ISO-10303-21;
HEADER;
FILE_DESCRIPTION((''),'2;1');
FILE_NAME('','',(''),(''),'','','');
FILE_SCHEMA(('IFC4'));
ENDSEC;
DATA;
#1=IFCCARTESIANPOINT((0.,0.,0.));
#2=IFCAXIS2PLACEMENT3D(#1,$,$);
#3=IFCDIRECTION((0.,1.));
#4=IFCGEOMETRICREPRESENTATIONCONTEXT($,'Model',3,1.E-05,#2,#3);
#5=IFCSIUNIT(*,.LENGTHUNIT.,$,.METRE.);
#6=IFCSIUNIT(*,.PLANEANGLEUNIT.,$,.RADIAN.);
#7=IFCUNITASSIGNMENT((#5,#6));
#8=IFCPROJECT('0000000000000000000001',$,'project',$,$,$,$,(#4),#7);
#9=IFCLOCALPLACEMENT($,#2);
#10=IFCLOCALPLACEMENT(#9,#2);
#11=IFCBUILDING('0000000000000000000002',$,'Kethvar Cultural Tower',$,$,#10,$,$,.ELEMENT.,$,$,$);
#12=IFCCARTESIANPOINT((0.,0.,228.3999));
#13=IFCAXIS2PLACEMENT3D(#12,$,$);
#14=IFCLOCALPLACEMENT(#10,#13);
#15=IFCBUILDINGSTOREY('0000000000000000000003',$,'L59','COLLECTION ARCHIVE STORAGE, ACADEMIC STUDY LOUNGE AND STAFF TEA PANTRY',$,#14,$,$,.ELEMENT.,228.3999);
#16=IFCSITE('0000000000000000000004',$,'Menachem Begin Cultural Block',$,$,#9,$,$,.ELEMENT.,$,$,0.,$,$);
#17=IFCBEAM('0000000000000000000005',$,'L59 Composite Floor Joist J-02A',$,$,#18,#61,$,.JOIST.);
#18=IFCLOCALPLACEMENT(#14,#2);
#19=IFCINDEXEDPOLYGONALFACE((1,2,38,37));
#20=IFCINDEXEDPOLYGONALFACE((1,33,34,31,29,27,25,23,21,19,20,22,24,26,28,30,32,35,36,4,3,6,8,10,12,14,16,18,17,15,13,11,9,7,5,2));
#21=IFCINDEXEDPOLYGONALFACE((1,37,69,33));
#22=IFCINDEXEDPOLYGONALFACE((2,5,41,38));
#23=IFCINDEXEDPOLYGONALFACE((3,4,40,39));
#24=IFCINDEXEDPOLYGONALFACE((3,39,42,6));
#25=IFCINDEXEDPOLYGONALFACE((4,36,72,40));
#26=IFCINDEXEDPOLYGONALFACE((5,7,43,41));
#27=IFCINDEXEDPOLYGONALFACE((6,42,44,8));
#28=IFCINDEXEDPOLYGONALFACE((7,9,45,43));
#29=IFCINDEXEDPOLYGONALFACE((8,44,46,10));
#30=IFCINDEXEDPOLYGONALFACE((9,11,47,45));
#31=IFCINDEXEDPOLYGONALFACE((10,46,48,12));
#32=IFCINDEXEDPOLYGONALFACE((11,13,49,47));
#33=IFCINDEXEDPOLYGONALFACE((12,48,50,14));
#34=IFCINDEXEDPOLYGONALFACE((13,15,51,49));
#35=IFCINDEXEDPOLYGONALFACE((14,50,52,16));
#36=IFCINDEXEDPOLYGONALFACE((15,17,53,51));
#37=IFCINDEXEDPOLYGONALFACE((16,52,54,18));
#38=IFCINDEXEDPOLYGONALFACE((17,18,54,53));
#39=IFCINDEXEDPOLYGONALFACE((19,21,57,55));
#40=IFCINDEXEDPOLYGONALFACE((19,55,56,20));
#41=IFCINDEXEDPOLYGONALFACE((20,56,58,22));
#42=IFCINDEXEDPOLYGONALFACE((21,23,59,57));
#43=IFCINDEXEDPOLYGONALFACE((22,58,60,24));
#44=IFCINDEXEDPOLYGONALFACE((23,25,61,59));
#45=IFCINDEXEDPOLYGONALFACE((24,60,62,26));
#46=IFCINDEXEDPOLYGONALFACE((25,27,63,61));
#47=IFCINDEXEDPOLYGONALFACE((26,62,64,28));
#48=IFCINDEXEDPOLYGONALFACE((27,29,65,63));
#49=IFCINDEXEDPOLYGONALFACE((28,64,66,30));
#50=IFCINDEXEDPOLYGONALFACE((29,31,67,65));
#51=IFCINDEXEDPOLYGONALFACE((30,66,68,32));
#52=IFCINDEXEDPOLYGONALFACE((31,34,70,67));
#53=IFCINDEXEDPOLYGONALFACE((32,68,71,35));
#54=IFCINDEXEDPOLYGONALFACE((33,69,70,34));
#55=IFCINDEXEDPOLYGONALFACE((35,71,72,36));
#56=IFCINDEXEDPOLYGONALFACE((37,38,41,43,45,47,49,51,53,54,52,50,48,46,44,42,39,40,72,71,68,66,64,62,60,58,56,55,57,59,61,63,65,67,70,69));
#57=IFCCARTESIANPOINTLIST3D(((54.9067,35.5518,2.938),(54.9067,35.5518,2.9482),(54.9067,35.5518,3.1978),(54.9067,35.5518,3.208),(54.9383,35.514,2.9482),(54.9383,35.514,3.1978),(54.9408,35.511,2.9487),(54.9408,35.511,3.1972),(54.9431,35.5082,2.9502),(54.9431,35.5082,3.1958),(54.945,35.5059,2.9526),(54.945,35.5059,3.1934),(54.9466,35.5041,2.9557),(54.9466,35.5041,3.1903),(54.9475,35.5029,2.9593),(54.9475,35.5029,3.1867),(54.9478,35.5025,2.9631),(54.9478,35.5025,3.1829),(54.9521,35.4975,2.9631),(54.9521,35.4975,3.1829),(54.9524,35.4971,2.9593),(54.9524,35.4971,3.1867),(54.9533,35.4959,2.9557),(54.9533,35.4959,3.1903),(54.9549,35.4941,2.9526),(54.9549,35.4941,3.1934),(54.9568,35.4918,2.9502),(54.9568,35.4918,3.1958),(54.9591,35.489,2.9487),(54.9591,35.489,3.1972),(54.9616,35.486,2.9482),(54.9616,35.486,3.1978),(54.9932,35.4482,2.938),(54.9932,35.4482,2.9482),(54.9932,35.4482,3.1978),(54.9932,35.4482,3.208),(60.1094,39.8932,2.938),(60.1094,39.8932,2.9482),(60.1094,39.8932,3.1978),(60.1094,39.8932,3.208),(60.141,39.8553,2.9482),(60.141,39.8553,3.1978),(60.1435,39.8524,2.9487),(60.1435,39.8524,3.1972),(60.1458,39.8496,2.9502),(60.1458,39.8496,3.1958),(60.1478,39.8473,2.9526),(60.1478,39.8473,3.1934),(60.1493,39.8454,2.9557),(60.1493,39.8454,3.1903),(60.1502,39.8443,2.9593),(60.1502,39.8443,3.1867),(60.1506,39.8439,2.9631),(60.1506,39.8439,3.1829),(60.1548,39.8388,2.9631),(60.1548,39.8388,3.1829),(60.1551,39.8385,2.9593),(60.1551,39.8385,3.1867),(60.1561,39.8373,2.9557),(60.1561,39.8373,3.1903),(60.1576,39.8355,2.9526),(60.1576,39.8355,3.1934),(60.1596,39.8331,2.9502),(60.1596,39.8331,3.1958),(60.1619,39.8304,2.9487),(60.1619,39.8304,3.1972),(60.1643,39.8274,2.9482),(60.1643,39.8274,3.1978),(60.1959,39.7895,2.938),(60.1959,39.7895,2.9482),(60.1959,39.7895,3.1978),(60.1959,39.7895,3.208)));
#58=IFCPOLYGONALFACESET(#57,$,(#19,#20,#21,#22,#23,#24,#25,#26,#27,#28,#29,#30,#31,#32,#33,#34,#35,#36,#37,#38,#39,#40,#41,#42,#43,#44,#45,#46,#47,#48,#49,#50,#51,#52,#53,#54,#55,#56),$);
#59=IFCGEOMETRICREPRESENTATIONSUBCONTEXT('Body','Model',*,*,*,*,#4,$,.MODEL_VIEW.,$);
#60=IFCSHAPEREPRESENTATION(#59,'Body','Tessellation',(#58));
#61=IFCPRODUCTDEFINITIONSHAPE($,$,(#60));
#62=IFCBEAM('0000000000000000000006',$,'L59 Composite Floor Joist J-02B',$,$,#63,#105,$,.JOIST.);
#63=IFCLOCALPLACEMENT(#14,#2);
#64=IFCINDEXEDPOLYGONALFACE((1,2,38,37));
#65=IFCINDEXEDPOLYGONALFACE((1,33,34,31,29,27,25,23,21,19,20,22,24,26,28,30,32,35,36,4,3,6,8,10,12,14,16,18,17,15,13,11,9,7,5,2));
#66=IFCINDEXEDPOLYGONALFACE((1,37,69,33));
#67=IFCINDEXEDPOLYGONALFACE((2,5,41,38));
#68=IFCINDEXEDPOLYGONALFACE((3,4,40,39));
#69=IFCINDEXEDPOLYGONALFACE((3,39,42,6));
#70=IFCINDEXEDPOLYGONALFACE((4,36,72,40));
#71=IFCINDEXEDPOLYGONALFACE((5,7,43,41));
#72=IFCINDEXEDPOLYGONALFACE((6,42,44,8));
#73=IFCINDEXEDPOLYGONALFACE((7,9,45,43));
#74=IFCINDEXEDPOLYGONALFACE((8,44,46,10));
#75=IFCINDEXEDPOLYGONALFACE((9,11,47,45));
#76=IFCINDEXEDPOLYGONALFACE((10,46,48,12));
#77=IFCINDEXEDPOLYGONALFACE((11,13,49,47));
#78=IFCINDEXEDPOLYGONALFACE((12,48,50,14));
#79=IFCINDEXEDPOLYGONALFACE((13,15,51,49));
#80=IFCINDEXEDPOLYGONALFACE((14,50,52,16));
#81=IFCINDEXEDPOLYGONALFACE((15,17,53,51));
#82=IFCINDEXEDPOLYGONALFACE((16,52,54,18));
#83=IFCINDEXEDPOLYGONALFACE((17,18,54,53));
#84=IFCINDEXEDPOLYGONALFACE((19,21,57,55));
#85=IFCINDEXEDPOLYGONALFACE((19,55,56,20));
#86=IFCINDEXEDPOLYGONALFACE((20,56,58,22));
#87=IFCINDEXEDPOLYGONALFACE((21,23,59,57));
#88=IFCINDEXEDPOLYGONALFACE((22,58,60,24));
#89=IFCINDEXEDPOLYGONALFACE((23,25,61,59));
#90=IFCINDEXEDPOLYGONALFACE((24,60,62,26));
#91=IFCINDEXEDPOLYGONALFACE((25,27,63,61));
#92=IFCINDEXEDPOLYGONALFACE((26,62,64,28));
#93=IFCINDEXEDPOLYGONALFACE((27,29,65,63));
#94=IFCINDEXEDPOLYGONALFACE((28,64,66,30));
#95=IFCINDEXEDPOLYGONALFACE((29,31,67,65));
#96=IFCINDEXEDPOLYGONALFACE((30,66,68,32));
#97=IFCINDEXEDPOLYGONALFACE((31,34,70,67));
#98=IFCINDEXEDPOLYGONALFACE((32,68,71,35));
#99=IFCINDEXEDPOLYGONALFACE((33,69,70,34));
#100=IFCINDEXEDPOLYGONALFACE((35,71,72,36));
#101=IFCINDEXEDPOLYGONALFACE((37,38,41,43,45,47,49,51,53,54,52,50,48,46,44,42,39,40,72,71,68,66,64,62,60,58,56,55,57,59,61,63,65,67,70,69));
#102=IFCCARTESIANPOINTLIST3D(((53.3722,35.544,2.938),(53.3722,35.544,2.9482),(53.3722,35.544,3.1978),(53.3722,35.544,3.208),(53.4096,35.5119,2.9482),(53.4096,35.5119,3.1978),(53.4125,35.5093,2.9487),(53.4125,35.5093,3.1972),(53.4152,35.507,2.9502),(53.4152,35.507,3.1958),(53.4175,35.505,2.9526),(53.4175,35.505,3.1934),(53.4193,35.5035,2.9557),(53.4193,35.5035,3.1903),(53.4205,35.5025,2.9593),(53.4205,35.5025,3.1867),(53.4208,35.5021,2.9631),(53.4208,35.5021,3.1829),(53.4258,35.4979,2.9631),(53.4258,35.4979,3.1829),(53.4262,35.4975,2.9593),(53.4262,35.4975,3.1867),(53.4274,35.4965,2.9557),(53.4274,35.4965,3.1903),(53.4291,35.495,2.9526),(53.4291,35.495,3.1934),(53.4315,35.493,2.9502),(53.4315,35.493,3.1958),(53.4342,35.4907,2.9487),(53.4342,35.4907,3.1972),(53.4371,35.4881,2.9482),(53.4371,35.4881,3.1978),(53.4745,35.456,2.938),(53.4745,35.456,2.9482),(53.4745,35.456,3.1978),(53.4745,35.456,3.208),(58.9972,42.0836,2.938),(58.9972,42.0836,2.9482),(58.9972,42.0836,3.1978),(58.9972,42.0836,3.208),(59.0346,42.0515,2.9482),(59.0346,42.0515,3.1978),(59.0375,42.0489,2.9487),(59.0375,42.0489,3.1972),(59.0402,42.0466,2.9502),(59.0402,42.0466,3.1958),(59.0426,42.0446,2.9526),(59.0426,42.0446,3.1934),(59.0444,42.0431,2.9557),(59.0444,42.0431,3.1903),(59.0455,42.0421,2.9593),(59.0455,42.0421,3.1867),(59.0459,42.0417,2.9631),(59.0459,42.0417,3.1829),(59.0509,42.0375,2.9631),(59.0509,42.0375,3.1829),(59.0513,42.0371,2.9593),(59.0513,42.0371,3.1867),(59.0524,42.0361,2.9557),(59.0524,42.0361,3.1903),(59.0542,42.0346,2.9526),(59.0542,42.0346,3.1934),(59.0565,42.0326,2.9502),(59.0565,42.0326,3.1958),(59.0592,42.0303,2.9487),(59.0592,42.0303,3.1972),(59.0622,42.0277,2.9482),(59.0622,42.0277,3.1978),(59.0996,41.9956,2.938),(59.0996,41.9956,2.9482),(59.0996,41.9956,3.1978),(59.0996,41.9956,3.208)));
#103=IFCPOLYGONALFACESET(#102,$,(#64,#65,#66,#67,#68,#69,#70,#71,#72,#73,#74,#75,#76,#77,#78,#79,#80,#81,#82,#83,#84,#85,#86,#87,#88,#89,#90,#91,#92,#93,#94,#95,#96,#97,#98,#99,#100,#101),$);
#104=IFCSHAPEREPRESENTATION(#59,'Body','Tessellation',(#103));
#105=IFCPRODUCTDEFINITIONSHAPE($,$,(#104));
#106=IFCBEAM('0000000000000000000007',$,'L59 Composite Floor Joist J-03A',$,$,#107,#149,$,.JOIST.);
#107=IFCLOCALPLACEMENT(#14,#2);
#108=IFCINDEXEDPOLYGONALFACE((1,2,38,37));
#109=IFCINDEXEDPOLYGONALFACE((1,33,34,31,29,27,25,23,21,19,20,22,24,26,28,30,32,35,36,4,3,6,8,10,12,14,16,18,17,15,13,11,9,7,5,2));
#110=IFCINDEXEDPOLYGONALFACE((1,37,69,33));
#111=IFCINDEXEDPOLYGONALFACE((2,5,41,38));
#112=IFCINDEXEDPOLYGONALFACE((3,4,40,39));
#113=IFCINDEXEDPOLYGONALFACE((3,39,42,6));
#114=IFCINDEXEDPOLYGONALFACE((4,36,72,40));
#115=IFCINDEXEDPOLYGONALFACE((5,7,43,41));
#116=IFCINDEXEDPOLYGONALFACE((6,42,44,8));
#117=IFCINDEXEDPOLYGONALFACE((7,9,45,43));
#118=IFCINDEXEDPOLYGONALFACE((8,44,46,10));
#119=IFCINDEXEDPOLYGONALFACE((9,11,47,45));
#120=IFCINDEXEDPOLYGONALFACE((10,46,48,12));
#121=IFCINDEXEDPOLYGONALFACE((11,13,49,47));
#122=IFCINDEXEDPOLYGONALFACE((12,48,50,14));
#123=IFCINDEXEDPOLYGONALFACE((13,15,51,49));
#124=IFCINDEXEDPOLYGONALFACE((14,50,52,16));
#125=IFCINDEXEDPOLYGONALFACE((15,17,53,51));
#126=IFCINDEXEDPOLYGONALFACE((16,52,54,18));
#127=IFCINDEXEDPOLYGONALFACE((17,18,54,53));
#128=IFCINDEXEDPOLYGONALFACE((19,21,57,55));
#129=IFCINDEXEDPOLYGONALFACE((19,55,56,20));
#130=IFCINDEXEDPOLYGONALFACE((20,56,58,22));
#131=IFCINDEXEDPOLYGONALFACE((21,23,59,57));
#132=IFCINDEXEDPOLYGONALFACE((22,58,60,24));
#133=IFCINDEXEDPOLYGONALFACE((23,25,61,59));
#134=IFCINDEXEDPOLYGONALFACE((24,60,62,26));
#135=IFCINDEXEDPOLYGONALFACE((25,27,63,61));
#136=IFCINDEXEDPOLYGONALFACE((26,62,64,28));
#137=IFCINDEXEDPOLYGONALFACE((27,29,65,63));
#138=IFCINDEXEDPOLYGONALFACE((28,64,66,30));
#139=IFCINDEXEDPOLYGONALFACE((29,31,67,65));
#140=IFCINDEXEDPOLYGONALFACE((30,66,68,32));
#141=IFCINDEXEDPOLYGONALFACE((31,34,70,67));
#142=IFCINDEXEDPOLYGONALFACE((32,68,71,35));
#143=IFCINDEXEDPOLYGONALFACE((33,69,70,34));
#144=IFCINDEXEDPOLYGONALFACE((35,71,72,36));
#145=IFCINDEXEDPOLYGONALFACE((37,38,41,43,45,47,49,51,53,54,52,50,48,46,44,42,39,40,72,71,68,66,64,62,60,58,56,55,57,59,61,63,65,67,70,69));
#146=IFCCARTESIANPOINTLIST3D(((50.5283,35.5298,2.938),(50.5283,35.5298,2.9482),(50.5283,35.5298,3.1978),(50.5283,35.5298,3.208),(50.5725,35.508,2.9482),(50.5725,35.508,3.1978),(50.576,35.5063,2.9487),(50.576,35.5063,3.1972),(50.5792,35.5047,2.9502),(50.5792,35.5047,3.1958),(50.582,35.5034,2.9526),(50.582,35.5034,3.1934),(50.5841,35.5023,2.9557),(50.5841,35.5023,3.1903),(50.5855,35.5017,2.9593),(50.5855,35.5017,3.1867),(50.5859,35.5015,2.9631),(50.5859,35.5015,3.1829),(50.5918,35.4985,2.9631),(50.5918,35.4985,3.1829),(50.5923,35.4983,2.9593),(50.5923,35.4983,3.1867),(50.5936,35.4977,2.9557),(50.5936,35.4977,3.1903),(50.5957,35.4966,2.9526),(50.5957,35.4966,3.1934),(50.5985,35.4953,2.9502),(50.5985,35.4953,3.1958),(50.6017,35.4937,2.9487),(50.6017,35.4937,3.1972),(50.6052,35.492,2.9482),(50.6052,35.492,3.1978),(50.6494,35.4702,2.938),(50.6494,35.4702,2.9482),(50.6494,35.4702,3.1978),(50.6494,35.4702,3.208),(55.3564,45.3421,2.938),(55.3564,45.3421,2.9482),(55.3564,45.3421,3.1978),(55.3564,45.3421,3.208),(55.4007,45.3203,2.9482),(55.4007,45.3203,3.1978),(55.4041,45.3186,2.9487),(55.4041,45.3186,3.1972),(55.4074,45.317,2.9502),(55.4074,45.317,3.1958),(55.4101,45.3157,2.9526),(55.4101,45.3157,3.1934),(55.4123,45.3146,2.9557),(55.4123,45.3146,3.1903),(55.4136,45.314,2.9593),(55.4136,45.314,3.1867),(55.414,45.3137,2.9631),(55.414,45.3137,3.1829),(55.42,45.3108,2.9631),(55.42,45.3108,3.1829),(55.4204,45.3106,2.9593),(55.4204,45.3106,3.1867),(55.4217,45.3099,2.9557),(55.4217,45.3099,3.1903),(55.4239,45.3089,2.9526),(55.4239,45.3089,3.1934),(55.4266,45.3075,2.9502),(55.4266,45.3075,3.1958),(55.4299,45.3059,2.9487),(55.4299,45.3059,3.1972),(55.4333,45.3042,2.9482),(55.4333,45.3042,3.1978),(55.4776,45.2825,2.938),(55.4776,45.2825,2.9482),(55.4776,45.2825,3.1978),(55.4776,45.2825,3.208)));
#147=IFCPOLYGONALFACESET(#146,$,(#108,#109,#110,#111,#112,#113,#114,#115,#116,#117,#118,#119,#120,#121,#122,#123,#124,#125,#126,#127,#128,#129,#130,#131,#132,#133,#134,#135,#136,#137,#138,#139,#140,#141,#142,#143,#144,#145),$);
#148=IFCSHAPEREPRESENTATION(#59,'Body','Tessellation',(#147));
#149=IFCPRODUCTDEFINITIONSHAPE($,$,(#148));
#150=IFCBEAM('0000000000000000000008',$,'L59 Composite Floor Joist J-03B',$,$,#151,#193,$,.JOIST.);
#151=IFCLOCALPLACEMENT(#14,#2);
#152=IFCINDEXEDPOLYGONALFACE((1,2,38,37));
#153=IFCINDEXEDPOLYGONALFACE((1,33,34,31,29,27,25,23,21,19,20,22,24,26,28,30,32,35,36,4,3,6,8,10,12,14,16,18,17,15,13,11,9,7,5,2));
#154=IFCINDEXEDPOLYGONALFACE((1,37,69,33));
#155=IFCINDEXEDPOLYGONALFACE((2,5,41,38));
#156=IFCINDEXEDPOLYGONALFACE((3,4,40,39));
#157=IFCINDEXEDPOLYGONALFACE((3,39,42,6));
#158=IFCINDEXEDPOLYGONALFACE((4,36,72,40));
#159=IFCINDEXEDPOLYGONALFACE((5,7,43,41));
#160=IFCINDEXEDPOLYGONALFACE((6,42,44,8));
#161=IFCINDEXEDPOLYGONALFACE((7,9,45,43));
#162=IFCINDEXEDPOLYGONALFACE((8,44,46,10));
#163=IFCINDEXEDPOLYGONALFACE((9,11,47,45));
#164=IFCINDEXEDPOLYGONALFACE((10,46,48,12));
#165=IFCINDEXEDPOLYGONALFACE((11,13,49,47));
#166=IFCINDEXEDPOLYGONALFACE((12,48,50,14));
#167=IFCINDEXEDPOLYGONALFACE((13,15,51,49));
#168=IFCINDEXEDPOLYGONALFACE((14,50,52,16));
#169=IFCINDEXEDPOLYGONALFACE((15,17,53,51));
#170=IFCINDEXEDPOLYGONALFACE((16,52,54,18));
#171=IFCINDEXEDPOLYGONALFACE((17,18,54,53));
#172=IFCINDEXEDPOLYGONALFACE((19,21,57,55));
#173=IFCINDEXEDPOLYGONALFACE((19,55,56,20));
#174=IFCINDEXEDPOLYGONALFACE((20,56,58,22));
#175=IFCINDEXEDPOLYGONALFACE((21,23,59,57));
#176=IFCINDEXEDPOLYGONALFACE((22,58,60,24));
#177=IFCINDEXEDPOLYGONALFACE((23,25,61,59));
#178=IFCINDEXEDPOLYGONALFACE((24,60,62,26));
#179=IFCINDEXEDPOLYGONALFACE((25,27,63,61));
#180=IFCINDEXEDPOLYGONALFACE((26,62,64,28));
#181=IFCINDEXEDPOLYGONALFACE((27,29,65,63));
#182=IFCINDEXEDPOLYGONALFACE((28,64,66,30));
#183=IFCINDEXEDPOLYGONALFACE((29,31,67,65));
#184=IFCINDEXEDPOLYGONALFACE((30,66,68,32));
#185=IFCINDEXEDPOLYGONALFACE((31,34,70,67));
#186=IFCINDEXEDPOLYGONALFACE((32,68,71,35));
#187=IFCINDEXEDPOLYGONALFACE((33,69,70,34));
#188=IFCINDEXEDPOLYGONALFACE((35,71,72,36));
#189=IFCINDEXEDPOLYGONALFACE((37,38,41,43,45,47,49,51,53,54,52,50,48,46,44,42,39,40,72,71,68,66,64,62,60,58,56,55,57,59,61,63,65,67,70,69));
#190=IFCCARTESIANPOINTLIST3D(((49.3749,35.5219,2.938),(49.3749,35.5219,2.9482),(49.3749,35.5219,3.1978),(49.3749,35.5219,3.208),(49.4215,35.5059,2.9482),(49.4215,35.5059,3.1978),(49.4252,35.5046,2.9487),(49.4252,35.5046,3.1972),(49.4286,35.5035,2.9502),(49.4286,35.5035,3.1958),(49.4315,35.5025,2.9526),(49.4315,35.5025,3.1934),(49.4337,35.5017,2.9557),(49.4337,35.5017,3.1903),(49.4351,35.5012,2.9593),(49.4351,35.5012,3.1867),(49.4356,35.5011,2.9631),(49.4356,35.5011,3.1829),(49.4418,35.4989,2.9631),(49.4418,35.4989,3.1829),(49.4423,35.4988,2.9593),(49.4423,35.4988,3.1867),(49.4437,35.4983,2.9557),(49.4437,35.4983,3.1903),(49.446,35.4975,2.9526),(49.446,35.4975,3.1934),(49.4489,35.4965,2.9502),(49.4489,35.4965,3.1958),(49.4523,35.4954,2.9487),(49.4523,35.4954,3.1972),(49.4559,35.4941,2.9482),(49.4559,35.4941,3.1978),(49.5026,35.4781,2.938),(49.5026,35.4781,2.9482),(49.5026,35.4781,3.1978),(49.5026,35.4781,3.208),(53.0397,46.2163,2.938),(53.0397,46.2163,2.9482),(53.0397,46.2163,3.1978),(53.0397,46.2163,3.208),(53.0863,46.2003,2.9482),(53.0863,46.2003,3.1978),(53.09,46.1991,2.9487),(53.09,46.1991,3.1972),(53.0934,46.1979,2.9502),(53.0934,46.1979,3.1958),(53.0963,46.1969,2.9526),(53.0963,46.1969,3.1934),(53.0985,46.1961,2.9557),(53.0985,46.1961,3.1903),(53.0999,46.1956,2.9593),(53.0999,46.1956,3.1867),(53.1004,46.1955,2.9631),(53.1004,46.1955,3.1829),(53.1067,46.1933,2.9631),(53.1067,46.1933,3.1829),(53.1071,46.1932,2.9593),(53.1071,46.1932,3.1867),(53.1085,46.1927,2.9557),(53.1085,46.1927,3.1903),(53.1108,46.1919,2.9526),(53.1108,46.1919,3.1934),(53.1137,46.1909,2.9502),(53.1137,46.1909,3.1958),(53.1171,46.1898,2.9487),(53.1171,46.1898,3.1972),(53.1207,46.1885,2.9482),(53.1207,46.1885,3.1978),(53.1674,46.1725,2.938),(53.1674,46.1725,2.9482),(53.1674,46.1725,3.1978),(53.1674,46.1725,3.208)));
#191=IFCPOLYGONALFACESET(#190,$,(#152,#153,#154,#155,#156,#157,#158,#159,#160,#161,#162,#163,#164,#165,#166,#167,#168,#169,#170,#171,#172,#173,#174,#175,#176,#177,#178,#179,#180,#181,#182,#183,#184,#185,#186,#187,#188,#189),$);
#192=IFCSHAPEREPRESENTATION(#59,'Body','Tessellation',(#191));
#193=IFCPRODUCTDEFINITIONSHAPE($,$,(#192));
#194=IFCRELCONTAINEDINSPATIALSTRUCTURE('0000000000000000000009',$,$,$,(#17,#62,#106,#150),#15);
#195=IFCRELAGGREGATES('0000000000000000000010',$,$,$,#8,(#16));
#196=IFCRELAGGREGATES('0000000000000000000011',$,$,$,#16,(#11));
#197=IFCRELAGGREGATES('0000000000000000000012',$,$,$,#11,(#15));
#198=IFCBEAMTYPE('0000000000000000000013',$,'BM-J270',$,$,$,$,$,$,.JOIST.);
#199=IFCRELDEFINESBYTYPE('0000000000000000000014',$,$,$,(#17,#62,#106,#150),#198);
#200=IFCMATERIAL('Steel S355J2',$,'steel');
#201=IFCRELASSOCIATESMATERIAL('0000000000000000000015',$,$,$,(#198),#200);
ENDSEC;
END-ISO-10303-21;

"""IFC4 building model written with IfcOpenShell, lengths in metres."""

from ifc_helpers import new_model, si_unit, direction, frame, origin, origin_2d, place, context, subcontext, project, spatial, i_section, extrude, source, transform, mapped, material, material_profile, profile_set, type_object, element, save


model = new_model("IFC4")

# Units and contexts
model_context = context("Model", 3, precision=1e-05, world=origin(), true_north=direction((0.0, 1.0)))
body_context = subcontext(model_context, "Body", "Model", "MODEL_VIEW")
ifc_project = project(units=[si_unit("LENGTHUNIT", "METRE"), si_unit("PLANEANGLEUNIT", "RADIAN")], contexts=[model_context])

# Site, building, storey
site_placement = place(None, origin())
site = spatial("IfcSite", under=ifc_project, at=site_placement, Name="Menachem Begin Cultural Block", CompositionType="ELEMENT", RefElevation=0.0)
building_placement = place(site_placement, origin())
building = spatial("IfcBuilding", under=site, at=building_placement, Name="Kethvar Cultural Tower", CompositionType="ELEMENT")
storey_placement = place(building_placement, frame((0.0, 0.0, 228.3999)))
storey = spatial("IfcBuildingStorey", under=building, at=storey_placement, Name="L59", Description="COLLECTION ARCHIVE STORAGE, ACADEMIC STUDY LOUNGE AND STAFF TEA PANTRY", CompositionType="ELEMENT", Elevation=228.3999)

# Beams
ifc_material_1 = material(Name="Steel S355J2", Category="steel")
ifc_material_profile_1 = material_profile(ifc_material_1, i_section(OverallWidth=0.135, OverallDepth=0.27, WebThickness=0.0066, FlangeThickness=0.0103, FilletRadius=0.0149, at=origin_2d()), Name="Steel S355J2 — IPE270")
ifc_profile_set_1 = profile_set([ifc_material_profile_1], Name="Steel S355J2 — IPE270")
beam_type_1 = type_object("IfcBeamType", Name="BM-J270", PredefinedType="JOIST", material=ifc_profile_set_1)
shared_shape_1 = source(origin(), body_context, "Body", "SweptSolid", [
    extrude(i_section(OverallWidth=0.135, OverallDepth=0.27, WebThickness=0.0066, FlangeThickness=0.0103, FilletRadius=0.0149, at=origin_2d()), origin(), (0.0, 0.0, 1.0), 6.7761),
])
beam_1_placement = place(storey_placement, frame((54.95, 35.5, 3.073), z_axis=(0.767802, 0.640688, 0.0), x_axis=(-0.640688, 0.767802, 0.0)))
element("IfcBeam", 1, at=beam_1_placement, inside=storey, type_object=beam_type_1, Name="L59 Composite Floor Joist J-02A", PredefinedType="JOIST", context=body_context, shape_type="MappedRepresentation", body=[
    mapped(shared_shape_1, transform((0.0, 0.0, 0.0), scale=1.0)),
])
shared_shape_2 = source(origin(), body_context, "Body", "SweptSolid", [
    extrude(i_section(OverallWidth=0.135, OverallDepth=0.27, WebThickness=0.0066, FlangeThickness=0.0103, FilletRadius=0.0149, at=origin_2d()), origin(), (0.0, 0.0, 1.0), 8.626),
])
beam_2_placement = place(storey_placement, frame((53.4233, 35.5, 3.073), z_axis=(0.652105, 0.758129, 0.0), x_axis=(-0.758129, 0.652105, 0.0)))
element("IfcBeam", 2, at=beam_2_placement, inside=storey, type_object=beam_type_1, Name="L59 Composite Floor Joist J-02B", PredefinedType="JOIST", context=body_context, shape_type="MappedRepresentation", body=[
    mapped(shared_shape_2, transform((0.0, 0.0, 0.0), scale=1.0)),
])
shared_shape_3 = source(origin(), body_context, "Body", "SweptSolid", [
    extrude(i_section(OverallWidth=0.135, OverallDepth=0.27, WebThickness=0.0066, FlangeThickness=0.0103, FilletRadius=0.0149, at=origin_2d()), origin(), (0.0, 0.0, 1.0), 10.9358),
])
beam_3_placement = place(storey_placement, frame((50.5889, 35.5, 3.073), z_axis=(0.441498, 0.897262, 0.0), x_axis=(-0.897262, 0.441498, 0.0)))
element("IfcBeam", 3, at=beam_3_placement, inside=storey, type_object=beam_type_1, Name="L59 Composite Floor Joist J-03A", PredefinedType="JOIST", context=body_context, shape_type="MappedRepresentation", body=[
    mapped(shared_shape_3, transform((0.0, 0.0, 0.0), scale=1.0)),
])
shared_shape_4 = source(origin(), body_context, "Body", "SweptSolid", [
    extrude(i_section(OverallWidth=0.135, OverallDepth=0.27, WebThickness=0.0066, FlangeThickness=0.0103, FilletRadius=0.0149, at=origin_2d()), origin(), (0.0, 0.0, 1.0), 11.3049),
])
beam_4_placement = place(storey_placement, frame((49.4387, 35.5, 3.073), z_axis=(0.324179, 0.945996, 0.0), x_axis=(-0.945996, 0.324179, 0.0)))
element("IfcBeam", 4, at=beam_4_placement, inside=storey, type_object=beam_type_1, Name="L59 Composite Floor Joist J-03B", PredefinedType="JOIST", context=body_context, shape_type="MappedRepresentation", body=[
    mapped(shared_shape_4, transform((0.0, 0.0, 0.0), scale=1.0)),
])

save(model, "model.ifc")
